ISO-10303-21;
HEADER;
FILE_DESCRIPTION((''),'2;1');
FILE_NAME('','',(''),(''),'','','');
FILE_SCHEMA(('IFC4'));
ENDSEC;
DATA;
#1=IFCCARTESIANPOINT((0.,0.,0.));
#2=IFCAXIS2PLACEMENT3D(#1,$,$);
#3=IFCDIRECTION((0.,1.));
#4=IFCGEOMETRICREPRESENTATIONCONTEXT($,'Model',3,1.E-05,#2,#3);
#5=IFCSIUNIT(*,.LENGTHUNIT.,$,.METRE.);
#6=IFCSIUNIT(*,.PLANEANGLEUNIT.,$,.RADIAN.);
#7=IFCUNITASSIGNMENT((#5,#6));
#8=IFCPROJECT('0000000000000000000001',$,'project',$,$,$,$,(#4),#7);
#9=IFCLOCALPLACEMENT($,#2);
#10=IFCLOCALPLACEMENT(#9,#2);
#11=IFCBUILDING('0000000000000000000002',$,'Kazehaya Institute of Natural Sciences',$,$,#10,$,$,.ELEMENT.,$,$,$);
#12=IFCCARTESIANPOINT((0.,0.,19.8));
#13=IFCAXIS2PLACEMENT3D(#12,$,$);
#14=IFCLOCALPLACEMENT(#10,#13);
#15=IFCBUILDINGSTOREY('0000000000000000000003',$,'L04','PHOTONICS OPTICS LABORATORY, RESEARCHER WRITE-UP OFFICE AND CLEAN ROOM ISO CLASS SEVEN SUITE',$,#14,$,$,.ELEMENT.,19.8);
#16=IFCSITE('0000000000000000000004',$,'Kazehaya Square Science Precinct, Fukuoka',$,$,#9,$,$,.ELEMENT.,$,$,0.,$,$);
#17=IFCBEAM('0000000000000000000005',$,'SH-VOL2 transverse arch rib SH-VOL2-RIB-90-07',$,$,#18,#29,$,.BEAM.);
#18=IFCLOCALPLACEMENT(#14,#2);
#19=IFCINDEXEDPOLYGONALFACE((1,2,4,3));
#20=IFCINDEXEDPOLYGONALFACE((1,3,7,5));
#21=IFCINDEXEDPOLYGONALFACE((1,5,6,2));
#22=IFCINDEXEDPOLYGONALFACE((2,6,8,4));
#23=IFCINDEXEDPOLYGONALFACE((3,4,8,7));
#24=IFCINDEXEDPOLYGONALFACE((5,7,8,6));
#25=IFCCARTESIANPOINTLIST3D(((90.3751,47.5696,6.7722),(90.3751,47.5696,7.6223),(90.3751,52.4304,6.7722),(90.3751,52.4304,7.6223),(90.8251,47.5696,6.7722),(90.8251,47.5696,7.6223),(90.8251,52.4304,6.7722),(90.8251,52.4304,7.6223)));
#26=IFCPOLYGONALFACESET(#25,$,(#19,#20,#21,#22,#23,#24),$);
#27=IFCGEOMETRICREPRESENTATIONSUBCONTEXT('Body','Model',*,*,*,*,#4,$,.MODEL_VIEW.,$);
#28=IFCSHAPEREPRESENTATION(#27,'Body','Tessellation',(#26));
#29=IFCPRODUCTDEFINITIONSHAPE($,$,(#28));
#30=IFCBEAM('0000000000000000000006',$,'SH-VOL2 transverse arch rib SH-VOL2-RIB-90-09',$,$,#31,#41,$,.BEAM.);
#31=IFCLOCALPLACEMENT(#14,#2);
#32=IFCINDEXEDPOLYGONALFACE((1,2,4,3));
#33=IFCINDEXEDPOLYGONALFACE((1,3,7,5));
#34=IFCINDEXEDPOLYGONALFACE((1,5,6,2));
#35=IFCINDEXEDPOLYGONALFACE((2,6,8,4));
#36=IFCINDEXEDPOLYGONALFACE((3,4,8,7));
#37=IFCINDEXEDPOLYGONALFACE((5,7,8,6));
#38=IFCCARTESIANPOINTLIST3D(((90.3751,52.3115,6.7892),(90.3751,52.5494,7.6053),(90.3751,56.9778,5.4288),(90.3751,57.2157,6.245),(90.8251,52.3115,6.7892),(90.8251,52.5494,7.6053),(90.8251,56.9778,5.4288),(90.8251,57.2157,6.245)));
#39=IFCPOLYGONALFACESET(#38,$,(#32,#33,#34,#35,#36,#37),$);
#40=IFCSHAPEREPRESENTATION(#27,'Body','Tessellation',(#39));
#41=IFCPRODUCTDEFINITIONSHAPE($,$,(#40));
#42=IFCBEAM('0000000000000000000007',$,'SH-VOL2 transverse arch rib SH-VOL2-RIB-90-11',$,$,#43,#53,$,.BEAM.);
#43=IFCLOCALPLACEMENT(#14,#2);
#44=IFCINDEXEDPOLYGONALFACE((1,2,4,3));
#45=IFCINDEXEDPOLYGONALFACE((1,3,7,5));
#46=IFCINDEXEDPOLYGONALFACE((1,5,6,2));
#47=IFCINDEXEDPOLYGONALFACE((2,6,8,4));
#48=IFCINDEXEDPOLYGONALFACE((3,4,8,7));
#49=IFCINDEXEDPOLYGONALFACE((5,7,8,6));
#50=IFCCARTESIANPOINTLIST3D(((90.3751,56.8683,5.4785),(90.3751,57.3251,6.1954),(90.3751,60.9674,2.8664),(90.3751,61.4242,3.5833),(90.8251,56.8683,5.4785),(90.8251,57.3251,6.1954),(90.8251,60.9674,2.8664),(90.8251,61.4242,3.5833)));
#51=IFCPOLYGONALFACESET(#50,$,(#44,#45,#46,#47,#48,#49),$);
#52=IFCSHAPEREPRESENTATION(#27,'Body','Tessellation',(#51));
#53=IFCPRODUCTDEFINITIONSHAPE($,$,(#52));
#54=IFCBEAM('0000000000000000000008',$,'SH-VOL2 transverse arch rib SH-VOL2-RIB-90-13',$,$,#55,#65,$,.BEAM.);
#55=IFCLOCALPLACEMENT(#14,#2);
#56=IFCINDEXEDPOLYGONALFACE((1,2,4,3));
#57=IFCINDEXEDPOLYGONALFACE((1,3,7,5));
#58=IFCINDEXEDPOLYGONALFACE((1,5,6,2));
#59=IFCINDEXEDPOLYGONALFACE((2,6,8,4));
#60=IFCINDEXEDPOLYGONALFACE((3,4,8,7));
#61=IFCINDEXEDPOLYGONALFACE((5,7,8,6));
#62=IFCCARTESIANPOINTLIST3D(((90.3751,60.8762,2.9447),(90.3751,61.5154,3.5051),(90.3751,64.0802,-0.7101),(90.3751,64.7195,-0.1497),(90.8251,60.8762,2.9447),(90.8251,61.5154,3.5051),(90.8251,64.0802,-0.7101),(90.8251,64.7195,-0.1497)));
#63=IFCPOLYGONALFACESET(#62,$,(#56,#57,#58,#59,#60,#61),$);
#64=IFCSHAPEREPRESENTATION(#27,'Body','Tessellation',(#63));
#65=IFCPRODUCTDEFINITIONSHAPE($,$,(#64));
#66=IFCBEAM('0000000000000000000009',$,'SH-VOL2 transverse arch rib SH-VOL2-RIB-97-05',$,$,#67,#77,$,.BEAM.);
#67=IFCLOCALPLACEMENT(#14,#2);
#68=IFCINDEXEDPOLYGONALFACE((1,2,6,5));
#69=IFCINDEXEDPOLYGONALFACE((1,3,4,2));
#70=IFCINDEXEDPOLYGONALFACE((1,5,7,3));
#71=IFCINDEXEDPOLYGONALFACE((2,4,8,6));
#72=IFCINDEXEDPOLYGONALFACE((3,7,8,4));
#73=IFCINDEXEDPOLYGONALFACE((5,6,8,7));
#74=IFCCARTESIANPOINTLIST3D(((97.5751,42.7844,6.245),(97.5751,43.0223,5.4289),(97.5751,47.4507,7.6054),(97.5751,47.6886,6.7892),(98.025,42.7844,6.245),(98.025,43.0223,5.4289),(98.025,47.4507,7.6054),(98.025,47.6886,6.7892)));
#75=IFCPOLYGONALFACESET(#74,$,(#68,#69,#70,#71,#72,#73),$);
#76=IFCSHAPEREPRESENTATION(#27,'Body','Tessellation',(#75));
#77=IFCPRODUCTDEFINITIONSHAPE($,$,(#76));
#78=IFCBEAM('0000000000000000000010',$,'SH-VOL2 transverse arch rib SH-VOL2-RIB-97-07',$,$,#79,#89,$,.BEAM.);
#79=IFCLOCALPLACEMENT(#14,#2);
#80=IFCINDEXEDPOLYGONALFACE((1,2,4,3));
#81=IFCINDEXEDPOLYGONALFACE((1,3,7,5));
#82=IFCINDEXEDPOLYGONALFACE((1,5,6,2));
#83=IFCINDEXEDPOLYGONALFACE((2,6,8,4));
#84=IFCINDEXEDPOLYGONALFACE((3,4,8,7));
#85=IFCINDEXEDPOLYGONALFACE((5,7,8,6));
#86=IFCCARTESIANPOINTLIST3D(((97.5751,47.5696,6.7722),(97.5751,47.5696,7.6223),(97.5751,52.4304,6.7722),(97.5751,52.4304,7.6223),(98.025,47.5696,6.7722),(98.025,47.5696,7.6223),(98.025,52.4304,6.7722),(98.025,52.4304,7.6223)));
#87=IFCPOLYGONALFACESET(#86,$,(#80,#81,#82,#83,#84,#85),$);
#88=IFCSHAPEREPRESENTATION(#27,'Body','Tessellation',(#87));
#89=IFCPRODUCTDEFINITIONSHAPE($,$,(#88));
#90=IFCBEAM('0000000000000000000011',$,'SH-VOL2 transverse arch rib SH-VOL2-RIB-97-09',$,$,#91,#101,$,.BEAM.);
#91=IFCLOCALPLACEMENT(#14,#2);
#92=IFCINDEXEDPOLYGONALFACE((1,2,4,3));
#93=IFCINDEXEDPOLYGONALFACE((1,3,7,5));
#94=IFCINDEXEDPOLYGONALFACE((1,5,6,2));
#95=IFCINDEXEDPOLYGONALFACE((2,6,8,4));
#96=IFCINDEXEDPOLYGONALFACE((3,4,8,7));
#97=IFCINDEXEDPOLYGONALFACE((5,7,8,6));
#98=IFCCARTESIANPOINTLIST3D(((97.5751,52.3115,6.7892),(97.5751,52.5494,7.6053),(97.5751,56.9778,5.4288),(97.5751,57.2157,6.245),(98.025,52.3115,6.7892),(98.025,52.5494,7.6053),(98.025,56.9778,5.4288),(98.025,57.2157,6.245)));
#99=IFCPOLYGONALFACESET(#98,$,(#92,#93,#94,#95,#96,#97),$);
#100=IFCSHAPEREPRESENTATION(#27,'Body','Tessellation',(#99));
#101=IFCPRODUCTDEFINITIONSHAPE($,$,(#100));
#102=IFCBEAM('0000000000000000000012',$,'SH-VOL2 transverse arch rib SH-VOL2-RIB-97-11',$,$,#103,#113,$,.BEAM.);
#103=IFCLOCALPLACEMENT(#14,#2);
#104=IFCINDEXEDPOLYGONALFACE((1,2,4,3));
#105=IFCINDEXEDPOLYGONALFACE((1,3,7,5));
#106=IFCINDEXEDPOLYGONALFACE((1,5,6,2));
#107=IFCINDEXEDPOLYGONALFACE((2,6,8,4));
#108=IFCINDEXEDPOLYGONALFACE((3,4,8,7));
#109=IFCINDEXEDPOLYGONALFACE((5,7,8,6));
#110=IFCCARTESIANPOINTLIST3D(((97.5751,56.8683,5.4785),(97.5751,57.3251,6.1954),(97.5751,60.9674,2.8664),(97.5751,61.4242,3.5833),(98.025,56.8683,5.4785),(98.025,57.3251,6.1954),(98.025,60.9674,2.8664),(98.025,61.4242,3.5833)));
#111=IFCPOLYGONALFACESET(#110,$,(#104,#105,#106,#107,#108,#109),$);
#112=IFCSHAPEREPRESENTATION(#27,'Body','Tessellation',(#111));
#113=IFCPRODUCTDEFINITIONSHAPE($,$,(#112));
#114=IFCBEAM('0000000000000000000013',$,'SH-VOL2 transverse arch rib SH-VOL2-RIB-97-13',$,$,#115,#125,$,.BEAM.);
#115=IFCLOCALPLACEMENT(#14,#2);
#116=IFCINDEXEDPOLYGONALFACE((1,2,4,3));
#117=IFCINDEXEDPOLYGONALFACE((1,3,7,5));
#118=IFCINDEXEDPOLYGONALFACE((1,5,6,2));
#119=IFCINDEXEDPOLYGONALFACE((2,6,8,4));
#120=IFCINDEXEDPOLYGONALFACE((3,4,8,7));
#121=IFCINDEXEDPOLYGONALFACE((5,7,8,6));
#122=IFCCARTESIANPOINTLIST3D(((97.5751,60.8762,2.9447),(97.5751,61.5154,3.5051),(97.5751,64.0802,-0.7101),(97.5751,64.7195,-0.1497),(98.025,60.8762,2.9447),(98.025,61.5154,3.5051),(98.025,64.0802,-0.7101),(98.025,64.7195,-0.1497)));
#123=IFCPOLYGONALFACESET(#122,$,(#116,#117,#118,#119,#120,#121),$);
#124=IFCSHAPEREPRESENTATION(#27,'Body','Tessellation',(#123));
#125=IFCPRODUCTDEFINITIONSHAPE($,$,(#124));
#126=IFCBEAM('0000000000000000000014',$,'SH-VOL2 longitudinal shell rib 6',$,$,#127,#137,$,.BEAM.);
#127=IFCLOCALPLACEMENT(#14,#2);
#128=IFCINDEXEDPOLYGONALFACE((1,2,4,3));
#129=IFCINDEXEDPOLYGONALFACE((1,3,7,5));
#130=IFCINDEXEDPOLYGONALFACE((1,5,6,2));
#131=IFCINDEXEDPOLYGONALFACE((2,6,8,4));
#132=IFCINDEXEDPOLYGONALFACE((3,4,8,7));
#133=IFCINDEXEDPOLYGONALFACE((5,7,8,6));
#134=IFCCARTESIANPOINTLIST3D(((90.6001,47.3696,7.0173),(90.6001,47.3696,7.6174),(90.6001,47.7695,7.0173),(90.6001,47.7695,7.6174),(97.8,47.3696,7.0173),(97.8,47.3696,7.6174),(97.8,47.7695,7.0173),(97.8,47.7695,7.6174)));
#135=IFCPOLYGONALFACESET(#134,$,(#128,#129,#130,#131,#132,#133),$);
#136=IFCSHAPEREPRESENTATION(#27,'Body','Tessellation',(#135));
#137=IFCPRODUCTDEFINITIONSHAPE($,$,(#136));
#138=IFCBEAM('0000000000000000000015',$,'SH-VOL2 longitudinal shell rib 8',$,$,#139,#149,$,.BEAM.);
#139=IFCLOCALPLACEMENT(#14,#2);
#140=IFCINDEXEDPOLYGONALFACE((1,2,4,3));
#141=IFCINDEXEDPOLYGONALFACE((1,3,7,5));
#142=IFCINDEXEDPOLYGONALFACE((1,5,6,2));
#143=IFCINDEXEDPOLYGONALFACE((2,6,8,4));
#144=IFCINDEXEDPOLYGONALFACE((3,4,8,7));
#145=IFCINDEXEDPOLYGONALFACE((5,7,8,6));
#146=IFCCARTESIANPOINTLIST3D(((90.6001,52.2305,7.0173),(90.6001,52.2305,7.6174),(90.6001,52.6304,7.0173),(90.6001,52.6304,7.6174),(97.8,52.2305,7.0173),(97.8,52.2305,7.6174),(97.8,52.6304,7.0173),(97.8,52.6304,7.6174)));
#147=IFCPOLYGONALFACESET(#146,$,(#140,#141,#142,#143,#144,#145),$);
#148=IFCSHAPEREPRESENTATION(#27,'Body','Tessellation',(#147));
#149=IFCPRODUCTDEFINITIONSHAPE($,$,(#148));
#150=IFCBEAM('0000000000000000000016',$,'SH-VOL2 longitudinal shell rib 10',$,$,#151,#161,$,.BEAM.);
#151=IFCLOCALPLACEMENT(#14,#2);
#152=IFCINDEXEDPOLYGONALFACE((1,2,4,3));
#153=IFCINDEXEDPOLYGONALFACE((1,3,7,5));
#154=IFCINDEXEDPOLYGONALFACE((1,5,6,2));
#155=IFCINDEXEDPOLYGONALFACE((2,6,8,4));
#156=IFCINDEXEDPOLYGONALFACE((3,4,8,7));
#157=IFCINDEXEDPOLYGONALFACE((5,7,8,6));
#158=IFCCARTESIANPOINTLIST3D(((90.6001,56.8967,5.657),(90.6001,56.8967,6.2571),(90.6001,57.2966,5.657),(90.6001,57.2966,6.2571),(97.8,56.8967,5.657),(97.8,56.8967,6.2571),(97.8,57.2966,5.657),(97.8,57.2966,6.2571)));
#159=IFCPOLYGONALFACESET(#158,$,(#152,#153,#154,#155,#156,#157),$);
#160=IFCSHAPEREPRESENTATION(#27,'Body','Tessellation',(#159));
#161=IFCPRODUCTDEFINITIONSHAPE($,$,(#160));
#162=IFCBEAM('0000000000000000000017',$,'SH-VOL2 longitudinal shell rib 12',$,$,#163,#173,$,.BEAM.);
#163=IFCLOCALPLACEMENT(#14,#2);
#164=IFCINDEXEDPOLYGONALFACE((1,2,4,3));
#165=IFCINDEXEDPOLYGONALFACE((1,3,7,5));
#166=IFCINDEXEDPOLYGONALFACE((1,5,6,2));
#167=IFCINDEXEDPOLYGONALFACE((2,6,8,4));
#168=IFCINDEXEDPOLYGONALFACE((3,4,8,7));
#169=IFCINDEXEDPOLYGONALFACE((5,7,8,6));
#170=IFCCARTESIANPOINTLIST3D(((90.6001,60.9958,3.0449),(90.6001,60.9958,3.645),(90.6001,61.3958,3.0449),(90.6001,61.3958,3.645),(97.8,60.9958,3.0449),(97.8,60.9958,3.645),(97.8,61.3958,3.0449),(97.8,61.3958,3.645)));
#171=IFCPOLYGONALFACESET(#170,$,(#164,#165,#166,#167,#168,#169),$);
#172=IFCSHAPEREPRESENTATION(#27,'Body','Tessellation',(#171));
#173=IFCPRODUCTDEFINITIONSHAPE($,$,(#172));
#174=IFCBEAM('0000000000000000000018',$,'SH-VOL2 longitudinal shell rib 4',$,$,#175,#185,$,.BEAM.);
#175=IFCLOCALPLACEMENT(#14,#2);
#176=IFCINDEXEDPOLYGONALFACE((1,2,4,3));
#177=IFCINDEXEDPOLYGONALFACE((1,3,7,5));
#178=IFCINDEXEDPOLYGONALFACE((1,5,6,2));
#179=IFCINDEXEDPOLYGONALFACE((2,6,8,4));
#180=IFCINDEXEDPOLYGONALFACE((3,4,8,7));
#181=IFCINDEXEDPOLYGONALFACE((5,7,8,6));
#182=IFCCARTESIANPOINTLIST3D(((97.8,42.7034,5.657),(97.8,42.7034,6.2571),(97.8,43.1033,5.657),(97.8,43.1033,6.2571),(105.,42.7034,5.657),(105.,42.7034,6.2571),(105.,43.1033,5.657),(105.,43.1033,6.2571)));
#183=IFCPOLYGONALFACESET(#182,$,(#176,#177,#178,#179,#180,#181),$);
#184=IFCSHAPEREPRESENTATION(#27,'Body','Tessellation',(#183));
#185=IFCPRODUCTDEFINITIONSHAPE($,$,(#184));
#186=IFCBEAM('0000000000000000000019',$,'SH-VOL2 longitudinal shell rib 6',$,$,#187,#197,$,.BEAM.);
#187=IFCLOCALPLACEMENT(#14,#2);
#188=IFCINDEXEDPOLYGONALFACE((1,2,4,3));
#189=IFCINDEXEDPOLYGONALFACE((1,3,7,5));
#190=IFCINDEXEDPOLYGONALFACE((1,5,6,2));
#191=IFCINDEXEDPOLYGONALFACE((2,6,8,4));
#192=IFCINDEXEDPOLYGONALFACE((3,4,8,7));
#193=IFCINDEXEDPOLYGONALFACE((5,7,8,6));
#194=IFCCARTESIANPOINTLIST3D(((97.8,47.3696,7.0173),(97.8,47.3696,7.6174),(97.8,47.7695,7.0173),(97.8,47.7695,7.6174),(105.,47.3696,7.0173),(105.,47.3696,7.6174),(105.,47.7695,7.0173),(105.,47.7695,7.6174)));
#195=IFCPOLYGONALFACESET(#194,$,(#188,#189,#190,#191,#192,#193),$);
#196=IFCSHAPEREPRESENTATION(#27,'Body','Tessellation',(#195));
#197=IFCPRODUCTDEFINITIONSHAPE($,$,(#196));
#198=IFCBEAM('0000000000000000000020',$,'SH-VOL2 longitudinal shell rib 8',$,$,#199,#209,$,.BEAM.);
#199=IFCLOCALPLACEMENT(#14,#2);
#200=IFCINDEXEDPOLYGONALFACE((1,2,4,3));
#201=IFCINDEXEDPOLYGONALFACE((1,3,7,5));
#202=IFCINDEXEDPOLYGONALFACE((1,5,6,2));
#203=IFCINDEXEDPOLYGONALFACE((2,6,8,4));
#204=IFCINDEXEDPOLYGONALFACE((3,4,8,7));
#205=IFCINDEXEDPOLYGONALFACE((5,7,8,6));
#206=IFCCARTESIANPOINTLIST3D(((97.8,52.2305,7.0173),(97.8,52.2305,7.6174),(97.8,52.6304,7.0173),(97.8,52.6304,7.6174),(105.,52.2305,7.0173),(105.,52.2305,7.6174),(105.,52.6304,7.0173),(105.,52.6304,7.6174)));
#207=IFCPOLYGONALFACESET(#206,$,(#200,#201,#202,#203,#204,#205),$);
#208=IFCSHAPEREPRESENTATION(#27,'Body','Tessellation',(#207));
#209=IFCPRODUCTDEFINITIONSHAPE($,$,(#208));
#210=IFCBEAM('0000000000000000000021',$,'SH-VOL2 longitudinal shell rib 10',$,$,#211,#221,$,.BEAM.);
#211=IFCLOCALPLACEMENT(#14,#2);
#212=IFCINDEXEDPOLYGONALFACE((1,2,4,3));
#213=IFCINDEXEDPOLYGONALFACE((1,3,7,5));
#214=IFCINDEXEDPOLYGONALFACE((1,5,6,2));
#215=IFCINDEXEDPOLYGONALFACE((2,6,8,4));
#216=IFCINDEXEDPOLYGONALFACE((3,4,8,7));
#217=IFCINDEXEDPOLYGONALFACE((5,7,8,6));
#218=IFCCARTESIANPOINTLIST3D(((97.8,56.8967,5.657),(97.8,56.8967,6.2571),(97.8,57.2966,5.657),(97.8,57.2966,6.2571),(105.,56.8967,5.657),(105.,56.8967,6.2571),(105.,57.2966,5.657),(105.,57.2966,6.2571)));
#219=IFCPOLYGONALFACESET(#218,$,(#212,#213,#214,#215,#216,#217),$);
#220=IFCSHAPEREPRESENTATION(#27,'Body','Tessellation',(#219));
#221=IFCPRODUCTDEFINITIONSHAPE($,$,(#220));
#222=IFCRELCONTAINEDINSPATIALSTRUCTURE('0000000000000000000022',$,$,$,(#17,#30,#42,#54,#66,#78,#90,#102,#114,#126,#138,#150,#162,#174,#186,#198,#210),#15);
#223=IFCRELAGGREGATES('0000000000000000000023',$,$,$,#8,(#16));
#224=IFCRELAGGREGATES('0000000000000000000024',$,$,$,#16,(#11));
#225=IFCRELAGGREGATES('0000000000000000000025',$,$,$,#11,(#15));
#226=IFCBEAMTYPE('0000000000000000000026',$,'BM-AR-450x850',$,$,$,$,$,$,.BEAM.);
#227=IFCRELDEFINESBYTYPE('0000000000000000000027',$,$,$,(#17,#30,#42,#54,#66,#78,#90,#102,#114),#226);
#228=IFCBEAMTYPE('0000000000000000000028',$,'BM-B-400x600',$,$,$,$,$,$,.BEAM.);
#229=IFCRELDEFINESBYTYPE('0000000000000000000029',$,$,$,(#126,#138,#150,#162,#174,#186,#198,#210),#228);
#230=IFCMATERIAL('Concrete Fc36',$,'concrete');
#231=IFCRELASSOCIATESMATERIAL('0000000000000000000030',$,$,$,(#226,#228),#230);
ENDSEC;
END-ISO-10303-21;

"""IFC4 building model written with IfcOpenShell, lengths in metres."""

from ifc_helpers import new_model, si_unit, direction, frame, origin, origin_2d, place, context, subcontext, project, spatial, rectangle, extrude, material, material_profile, profile_set, type_object, element, save


model = new_model("IFC4")

# Units and contexts
model_context = context("Model", 3, precision=1e-05, world=origin(), true_north=direction((0.0, 1.0)))
body_context = subcontext(model_context, "Body", "Model", "MODEL_VIEW")
ifc_project = project(units=[si_unit("LENGTHUNIT", "METRE"), si_unit("PLANEANGLEUNIT", "RADIAN")], contexts=[model_context])

# Site, building, storey
site_placement = place(None, origin())
site = spatial("IfcSite", under=ifc_project, at=site_placement, Name="Kazehaya Square Science Precinct, Fukuoka", CompositionType="ELEMENT", RefElevation=0.0)
building_placement = place(site_placement, origin())
building = spatial("IfcBuilding", under=site, at=building_placement, Name="Kazehaya Institute of Natural Sciences", CompositionType="ELEMENT")
storey_placement = place(building_placement, frame((0.0, 0.0, 19.8)))
storey = spatial("IfcBuildingStorey", under=building, at=storey_placement, Name="L04", Description="PHOTONICS OPTICS LABORATORY, RESEARCHER WRITE-UP OFFICE AND CLEAN ROOM ISO CLASS SEVEN SUITE", CompositionType="ELEMENT", Elevation=19.8)

# Beams
ifc_material = material(Name="Concrete Fc36", Category="concrete")
ifc_material_profile_1 = material_profile(ifc_material, rectangle(XDim=0.45, YDim=0.8501, at=origin_2d()), Name="RC-450x850")
ifc_profile_set_1 = profile_set([ifc_material_profile_1], Name="Concrete Fc36")
beam_type_1 = type_object("IfcBeamType", Name="BM-AR-450x850", PredefinedType="BEAM", material=ifc_profile_set_1)
beam_1_placement = place(storey_placement, frame((90.6001, 47.5696, 7.1973), z_axis=(0.0, 1.0, 0.0), x_axis=(-1.0, 0.0, 0.0)))
element("IfcBeam", 1, at=beam_1_placement, inside=storey, type_object=beam_type_1, Name="SH-VOL2 transverse arch rib SH-VOL2-RIB-90-07", PredefinedType="BEAM", context=body_context, shape_type="SweptSolid", body=[
    extrude(rectangle(XDim=0.45, YDim=0.8501, at=origin_2d()), origin(), (0.0, 0.0, 1.0), 4.8608),
])
for number, where, z_axis, x_axis, name in (
    (2, (90.6001, 52.4304, 7.1973), (0.0, 0.960035, -0.279878), (-1.0, 0.0, 0.0), "SH-VOL2 transverse arch rib SH-VOL2-RIB-90-09"),
    (3, (90.6001, 57.0967, 5.8369), (0.0, 0.843332, -0.537392), (-1.0, 0.0, 0.0), "SH-VOL2 transverse arch rib SH-VOL2-RIB-90-11"),
):
    element("IfcBeam", number, at=place(storey_placement, frame(where, z_axis=z_axis, x_axis=x_axis)), inside=storey, type_object=beam_type_1, Name=name, PredefinedType="BEAM", context=body_context, shape_type="SweptSolid", body=[
        extrude(rectangle(XDim=0.45, YDim=0.8501, at=origin_2d()), origin(), (0.0, 0.0, 1.0), 4.8606),
    ])
beam_2_placement = place(storey_placement, frame((90.6001, 61.1958, 3.2249), z_axis=(0.0, 0.659223, -0.751948), x_axis=(-1.0, 0.0, 0.0)))
element("IfcBeam", 4, at=beam_2_placement, inside=storey, type_object=beam_type_1, Name="SH-VOL2 transverse arch rib SH-VOL2-RIB-90-13", PredefinedType="BEAM", context=body_context, shape_type="SweptSolid", body=[
    extrude(rectangle(XDim=0.45, YDim=0.8501, at=origin_2d()), origin(), (0.0, 0.0, 1.0), 4.8604),
])
beam_3_placement = place(storey_placement, frame((97.8, 42.9033, 5.8369), z_axis=(0.0, 0.960035, 0.279878), x_axis=(-1.0, 0.0, 0.0)))
element("IfcBeam", 5, at=beam_3_placement, inside=storey, type_object=beam_type_1, Name="SH-VOL2 transverse arch rib SH-VOL2-RIB-97-05", PredefinedType="BEAM", context=body_context, shape_type="SweptSolid", body=[
    extrude(rectangle(XDim=0.45, YDim=0.8501, at=origin_2d()), origin(), (0.0, 0.0, 1.0), 4.8606),
])
beam_4_placement = place(storey_placement, frame((97.8, 47.5696, 7.1973), z_axis=(0.0, 1.0, 0.0), x_axis=(-1.0, 0.0, 0.0)))
element("IfcBeam", 6, at=beam_4_placement, inside=storey, type_object=beam_type_1, Name="SH-VOL2 transverse arch rib SH-VOL2-RIB-97-07", PredefinedType="BEAM", context=body_context, shape_type="SweptSolid", body=[
    extrude(rectangle(XDim=0.45, YDim=0.8501, at=origin_2d()), origin(), (0.0, 0.0, 1.0), 4.8608),
])
for number, where, z_axis, x_axis, name in (
    (7, (97.8, 52.4304, 7.1973), (0.0, 0.960035, -0.279878), (-1.0, 0.0, 0.0), "SH-VOL2 transverse arch rib SH-VOL2-RIB-97-09"),
    (8, (97.8, 57.0967, 5.8369), (0.0, 0.843332, -0.537392), (-1.0, 0.0, 0.0), "SH-VOL2 transverse arch rib SH-VOL2-RIB-97-11"),
):
    element("IfcBeam", number, at=place(storey_placement, frame(where, z_axis=z_axis, x_axis=x_axis)), inside=storey, type_object=beam_type_1, Name=name, PredefinedType="BEAM", context=body_context, shape_type="SweptSolid", body=[
        extrude(rectangle(XDim=0.45, YDim=0.8501, at=origin_2d()), origin(), (0.0, 0.0, 1.0), 4.8606),
    ])
beam_5_placement = place(storey_placement, frame((97.8, 61.1958, 3.2249), z_axis=(0.0, 0.659223, -0.751948), x_axis=(-1.0, 0.0, 0.0)))
element("IfcBeam", 9, at=beam_5_placement, inside=storey, type_object=beam_type_1, Name="SH-VOL2 transverse arch rib SH-VOL2-RIB-97-13", PredefinedType="BEAM", context=body_context, shape_type="SweptSolid", body=[
    extrude(rectangle(XDim=0.45, YDim=0.8501, at=origin_2d()), origin(), (0.0, 0.0, 1.0), 4.8604),
])
ifc_material_profile_2 = material_profile(ifc_material, rectangle(XDim=0.3999, YDim=0.6001, at=origin_2d()), Name="RC-400x600")
ifc_profile_set_2 = profile_set([ifc_material_profile_2], Name="Concrete Fc36")
beam_type_2 = type_object("IfcBeamType", Name="BM-B-400x600", PredefinedType="BEAM", material=ifc_profile_set_2)
for number, where, z_axis, x_axis, name in (
    (10, (90.6001, 47.5696, 7.3174), (1.0, 0.0, 0.0), (0.0, 1.0, 0.0), "SH-VOL2 longitudinal shell rib 6"),
    (11, (90.6001, 52.4304, 7.3174), (1.0, 0.0, 0.0), (0.0, 1.0, 0.0), "SH-VOL2 longitudinal shell rib 8"),
    (12, (90.6001, 57.0967, 5.957), (1.0, 0.0, 0.0), (0.0, 1.0, 0.0), "SH-VOL2 longitudinal shell rib 10"),
    (13, (90.6001, 61.1958, 3.345), (1.0, 0.0, 0.0), (0.0, 1.0, 0.0), "SH-VOL2 longitudinal shell rib 12"),
    (14, (97.8, 42.9033, 5.957), (1.0, 0.0, 0.0), (0.0, 1.0, 0.0), "SH-VOL2 longitudinal shell rib 4"),
    (15, (97.8, 47.5696, 7.3174), (1.0, 0.0, 0.0), (0.0, 1.0, 0.0), "SH-VOL2 longitudinal shell rib 6"),
    (16, (97.8, 52.4304, 7.3174), (1.0, 0.0, 0.0), (0.0, 1.0, 0.0), "SH-VOL2 longitudinal shell rib 8"),
    (17, (97.8, 57.0967, 5.957), (1.0, 0.0, 0.0), (0.0, 1.0, 0.0), "SH-VOL2 longitudinal shell rib 10"),
):
    element("IfcBeam", number, at=place(storey_placement, frame(where, z_axis=z_axis, x_axis=x_axis)), inside=storey, type_object=beam_type_2, Name=name, PredefinedType="BEAM", context=body_context, shape_type="SweptSolid", body=[
        extrude(rectangle(XDim=0.3999, YDim=0.6001, at=origin_2d()), origin(), (0.0, 0.0, 1.0), 7.2),
    ])

save(model, "model.ifc")
